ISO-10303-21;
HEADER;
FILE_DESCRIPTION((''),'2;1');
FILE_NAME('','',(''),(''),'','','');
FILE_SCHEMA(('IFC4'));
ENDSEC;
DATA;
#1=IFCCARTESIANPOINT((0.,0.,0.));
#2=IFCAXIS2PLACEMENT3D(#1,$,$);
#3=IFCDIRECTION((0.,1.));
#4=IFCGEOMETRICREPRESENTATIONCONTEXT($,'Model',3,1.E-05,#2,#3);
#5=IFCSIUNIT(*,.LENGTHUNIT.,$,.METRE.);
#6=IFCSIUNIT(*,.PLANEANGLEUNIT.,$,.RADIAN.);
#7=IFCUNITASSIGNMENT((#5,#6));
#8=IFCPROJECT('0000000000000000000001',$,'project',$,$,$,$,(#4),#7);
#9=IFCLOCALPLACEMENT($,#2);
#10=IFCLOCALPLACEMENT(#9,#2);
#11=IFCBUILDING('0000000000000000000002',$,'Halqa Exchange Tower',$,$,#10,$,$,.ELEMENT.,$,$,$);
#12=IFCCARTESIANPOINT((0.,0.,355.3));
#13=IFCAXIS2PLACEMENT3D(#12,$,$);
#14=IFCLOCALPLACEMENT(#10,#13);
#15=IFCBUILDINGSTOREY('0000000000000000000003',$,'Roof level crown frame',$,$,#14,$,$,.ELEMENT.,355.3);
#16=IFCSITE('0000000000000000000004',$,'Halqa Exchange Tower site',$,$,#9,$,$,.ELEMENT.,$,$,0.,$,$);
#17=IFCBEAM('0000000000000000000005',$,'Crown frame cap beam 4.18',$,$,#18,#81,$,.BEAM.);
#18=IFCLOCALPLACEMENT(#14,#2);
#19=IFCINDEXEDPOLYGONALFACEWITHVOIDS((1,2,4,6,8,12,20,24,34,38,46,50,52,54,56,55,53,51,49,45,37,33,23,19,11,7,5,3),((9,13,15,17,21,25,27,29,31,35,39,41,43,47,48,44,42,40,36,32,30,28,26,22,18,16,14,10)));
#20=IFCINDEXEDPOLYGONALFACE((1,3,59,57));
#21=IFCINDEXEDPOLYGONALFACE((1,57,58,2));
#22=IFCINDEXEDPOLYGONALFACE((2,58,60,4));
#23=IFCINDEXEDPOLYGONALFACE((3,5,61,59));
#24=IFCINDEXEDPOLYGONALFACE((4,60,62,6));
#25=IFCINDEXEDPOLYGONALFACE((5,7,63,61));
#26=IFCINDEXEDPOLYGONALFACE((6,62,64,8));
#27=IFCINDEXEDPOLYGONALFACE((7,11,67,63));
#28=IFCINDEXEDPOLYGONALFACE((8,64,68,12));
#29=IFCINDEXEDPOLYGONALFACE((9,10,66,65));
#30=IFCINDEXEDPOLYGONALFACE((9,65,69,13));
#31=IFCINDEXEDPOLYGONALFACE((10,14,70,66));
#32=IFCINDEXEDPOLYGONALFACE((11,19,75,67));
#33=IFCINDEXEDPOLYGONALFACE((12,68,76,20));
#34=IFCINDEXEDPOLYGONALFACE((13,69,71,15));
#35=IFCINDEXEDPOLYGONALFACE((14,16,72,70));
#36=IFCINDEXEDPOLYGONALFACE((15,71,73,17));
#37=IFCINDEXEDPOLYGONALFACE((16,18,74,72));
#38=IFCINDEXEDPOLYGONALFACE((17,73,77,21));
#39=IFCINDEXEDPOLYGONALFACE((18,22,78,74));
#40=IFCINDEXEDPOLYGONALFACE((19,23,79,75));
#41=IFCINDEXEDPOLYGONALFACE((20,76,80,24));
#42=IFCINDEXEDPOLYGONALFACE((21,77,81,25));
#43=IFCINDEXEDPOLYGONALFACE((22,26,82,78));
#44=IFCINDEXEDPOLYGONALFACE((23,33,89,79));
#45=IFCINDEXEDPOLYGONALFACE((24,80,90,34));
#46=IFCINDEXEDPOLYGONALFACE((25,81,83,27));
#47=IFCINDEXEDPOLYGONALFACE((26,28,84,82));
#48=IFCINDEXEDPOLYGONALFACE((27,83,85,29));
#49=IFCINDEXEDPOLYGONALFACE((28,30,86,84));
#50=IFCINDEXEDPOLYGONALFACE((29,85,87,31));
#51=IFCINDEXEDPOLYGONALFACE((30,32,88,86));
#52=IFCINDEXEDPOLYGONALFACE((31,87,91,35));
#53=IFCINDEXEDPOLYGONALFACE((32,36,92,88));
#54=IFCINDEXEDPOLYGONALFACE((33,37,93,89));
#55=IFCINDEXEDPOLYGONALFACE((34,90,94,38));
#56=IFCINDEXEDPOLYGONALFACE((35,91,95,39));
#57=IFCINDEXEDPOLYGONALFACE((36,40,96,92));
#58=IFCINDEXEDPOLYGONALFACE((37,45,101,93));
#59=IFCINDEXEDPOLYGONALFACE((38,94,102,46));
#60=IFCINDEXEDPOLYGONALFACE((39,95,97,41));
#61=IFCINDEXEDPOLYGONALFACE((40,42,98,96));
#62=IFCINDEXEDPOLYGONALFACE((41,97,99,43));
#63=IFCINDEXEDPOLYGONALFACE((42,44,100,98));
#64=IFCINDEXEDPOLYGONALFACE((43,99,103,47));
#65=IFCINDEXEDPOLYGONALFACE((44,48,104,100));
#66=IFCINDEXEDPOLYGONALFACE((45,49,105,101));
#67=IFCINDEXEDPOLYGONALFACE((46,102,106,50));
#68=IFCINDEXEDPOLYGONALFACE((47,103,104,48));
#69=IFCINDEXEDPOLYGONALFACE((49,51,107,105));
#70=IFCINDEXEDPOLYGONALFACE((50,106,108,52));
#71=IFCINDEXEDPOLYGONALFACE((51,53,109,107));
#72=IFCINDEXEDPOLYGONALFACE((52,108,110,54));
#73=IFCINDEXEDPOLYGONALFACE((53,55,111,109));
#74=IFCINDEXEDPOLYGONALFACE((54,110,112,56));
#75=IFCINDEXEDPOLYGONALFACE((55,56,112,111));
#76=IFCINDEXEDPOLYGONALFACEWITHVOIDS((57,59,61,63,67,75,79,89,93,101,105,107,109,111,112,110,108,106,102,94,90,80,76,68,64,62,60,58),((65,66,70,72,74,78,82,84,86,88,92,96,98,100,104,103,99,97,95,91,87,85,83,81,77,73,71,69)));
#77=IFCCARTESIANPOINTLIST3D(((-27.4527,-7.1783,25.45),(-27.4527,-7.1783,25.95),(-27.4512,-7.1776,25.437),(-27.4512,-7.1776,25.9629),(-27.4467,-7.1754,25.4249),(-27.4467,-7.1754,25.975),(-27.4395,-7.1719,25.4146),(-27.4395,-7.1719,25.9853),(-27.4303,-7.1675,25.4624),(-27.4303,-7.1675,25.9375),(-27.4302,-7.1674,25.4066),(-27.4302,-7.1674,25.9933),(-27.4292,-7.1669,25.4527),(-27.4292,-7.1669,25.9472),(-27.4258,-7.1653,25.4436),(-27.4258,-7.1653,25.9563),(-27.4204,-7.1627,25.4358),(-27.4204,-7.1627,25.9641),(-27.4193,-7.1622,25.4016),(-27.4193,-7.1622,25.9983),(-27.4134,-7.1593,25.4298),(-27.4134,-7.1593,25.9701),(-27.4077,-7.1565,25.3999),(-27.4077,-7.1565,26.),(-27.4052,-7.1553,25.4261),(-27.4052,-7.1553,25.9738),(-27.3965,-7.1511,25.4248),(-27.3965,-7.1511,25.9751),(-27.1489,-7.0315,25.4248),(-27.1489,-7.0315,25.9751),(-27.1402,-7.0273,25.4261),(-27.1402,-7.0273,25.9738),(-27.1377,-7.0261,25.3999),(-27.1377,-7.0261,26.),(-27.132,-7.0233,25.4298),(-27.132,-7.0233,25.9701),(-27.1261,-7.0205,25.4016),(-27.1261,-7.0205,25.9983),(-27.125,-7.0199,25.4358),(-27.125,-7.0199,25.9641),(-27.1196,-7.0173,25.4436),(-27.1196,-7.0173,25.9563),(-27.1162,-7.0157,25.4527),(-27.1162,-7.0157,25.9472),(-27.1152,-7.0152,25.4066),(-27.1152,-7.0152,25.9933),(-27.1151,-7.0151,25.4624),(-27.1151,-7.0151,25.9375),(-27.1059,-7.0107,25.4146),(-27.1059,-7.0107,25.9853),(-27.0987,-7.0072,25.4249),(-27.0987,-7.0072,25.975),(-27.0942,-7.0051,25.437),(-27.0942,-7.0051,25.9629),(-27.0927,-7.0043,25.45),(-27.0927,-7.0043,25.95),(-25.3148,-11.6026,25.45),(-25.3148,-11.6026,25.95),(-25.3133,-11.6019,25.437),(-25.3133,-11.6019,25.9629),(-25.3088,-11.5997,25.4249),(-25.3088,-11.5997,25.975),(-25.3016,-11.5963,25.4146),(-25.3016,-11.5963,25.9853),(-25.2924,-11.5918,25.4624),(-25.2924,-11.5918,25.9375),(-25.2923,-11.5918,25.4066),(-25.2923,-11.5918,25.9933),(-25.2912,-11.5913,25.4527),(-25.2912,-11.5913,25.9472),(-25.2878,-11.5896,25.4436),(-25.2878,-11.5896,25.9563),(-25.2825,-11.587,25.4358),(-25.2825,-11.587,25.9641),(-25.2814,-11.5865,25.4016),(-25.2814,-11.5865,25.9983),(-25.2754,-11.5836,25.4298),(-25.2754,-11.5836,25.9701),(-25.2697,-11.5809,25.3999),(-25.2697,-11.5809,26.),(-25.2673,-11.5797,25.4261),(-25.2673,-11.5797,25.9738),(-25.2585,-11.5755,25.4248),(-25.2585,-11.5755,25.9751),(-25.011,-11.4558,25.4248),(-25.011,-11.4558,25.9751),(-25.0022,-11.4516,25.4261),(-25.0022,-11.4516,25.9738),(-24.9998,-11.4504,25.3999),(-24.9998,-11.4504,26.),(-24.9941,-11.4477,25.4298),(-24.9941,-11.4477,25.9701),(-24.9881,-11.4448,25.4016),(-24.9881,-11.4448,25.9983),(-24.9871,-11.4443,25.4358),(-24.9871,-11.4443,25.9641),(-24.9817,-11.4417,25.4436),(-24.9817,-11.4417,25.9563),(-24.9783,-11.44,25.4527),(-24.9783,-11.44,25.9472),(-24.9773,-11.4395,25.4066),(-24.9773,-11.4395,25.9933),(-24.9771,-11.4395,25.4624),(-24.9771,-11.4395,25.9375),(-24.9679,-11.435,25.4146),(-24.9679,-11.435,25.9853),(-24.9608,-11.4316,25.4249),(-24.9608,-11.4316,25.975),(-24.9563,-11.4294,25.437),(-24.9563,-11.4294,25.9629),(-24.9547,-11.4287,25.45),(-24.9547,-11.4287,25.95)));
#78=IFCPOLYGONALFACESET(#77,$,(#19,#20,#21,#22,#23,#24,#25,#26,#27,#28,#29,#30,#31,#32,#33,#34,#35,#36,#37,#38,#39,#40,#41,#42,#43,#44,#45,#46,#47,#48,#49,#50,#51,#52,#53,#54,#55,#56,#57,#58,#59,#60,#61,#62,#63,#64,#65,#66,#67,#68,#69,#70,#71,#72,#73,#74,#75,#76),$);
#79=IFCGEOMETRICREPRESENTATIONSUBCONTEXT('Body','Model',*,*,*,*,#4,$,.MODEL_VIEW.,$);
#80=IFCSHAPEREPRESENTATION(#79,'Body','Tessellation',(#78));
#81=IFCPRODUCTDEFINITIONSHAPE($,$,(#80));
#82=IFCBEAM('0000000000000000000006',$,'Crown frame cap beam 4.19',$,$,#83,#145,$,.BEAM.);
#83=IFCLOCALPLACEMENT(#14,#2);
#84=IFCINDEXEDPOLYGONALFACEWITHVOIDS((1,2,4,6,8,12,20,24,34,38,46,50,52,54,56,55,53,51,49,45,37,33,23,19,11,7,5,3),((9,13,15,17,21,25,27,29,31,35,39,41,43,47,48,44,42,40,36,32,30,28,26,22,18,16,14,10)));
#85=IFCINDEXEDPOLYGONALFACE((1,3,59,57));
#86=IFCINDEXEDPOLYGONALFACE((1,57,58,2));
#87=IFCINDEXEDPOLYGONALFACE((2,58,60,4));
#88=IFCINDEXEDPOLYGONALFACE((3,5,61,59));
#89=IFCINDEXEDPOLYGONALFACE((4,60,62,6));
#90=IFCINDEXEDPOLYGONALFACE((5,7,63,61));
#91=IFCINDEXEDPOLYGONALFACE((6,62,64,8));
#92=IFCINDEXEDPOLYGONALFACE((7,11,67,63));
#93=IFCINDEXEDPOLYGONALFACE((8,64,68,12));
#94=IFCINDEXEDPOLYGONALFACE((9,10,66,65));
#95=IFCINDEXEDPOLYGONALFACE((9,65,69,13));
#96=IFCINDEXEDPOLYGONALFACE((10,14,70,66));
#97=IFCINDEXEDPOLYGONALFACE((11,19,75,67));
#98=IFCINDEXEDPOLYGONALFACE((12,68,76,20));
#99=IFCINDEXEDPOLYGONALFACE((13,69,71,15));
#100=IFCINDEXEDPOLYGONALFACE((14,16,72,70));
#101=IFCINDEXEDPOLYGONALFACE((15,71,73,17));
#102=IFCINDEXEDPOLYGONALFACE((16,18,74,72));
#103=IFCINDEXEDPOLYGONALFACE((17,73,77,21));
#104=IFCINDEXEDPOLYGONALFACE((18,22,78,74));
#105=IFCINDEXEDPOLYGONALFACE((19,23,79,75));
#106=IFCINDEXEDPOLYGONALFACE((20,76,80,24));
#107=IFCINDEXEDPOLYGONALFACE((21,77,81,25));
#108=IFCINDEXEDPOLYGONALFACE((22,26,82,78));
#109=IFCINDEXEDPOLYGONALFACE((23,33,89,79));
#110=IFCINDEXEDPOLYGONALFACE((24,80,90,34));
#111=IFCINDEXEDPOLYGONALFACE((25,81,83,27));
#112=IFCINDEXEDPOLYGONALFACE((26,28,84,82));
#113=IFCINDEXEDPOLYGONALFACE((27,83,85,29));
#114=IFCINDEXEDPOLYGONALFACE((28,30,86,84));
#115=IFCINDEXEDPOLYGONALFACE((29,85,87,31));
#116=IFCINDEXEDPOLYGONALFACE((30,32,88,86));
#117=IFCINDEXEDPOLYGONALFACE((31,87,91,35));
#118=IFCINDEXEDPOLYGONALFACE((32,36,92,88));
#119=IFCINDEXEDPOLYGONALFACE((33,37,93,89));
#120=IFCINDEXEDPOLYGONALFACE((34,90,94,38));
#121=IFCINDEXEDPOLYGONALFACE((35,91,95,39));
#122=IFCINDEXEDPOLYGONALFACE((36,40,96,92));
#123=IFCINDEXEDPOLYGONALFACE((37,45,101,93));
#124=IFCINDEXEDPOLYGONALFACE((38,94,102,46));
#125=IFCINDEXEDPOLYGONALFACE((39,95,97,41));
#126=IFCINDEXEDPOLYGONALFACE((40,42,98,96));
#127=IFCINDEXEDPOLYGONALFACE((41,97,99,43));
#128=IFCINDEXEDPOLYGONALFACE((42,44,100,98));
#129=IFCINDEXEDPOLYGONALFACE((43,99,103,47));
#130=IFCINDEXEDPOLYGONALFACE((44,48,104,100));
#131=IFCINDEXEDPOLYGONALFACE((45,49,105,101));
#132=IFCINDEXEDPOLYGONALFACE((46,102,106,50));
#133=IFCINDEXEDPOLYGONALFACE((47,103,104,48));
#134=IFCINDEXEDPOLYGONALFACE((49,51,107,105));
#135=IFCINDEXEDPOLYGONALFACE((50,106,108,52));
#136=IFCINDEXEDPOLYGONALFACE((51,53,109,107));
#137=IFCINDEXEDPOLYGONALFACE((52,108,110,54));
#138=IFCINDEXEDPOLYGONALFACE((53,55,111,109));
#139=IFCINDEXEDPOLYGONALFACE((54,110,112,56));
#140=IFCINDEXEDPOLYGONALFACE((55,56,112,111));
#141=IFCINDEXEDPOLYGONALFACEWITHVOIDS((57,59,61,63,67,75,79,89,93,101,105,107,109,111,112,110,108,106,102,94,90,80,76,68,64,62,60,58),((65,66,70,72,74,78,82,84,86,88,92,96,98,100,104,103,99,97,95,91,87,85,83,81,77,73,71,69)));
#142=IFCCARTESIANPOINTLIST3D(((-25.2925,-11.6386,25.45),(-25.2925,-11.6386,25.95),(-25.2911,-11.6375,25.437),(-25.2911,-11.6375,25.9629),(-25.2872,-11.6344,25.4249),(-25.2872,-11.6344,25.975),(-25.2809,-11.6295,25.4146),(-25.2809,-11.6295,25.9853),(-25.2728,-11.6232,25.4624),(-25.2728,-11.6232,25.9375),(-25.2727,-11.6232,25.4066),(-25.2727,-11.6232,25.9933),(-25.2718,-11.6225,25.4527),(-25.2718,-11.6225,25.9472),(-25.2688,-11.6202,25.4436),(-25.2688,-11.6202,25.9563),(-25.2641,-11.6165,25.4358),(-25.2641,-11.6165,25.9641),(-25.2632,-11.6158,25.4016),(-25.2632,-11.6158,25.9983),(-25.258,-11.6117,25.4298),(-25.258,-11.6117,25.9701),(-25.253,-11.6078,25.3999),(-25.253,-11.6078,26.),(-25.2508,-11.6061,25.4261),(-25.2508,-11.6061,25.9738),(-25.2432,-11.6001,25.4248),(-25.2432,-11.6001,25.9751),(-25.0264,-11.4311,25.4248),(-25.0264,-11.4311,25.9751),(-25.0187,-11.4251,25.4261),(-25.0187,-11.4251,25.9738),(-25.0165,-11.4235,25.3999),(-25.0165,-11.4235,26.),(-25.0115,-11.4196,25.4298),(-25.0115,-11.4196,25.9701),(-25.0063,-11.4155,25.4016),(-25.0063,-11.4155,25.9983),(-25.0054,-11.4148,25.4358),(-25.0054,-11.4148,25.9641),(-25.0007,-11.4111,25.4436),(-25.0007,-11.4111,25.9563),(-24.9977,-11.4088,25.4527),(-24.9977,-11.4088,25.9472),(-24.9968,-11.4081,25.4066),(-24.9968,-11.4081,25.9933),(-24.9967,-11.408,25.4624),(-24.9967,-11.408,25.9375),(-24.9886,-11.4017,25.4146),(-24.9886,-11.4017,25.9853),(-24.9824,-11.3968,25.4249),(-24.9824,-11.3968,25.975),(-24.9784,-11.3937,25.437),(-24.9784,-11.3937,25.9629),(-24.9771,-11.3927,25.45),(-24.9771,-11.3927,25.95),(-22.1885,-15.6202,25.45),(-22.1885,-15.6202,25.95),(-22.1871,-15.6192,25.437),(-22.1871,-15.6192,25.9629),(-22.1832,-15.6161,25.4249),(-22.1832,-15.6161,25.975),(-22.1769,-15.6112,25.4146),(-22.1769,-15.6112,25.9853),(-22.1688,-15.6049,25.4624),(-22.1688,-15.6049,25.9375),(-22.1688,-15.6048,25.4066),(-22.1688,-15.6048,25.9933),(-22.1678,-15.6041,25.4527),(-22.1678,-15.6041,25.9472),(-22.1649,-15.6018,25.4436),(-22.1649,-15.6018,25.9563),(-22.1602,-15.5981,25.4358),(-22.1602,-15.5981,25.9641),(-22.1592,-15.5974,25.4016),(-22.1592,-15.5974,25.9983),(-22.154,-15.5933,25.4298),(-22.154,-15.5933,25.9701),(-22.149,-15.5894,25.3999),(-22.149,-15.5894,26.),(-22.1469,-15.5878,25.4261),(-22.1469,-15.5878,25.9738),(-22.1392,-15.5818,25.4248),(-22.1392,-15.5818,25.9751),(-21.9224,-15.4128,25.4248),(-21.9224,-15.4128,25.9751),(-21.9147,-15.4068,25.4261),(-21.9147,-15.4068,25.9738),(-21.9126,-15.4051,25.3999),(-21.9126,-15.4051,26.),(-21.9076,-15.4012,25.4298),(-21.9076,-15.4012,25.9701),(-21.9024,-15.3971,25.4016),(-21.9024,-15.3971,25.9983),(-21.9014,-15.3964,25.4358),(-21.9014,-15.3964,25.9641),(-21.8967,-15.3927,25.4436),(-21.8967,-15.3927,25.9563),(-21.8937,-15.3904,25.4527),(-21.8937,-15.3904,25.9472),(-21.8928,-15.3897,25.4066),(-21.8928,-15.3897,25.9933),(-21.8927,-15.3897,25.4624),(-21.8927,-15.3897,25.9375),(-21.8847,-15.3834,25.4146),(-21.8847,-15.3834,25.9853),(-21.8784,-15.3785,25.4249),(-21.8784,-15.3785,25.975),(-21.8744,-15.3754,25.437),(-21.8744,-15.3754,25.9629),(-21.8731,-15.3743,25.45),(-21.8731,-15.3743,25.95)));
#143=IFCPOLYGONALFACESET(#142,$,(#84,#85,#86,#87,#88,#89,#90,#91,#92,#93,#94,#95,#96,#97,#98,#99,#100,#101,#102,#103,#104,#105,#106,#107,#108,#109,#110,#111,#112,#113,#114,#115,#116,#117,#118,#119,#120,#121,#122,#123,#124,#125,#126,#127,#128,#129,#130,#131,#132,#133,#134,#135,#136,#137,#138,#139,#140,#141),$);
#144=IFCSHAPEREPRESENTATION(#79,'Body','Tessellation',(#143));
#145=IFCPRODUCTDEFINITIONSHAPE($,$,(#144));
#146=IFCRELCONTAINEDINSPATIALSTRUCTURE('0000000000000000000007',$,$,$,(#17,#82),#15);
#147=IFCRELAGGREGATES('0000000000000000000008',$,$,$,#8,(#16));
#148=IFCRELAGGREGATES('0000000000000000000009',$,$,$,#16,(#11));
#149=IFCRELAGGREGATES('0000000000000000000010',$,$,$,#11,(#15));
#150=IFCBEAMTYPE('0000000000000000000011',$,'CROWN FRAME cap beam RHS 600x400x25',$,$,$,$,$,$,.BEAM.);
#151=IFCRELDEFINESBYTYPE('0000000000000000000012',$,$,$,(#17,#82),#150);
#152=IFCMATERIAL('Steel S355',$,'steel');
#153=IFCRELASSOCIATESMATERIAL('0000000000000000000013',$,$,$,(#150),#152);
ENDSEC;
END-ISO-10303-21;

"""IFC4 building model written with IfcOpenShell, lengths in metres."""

from ifc_helpers import new_model, si_unit, direction, frame, origin, origin_2d, place, context, subcontext, project, spatial, hollow_rectangle, extrude, material, material_profile, profile_set, type_object, element, save


model = new_model("IFC4")

# Units and contexts
model_context = context("Model", 3, precision=1e-05, world=origin(), true_north=direction((0.0, 1.0)))
body_context = subcontext(model_context, "Body", "Model", "MODEL_VIEW")
ifc_project = project(units=[si_unit("LENGTHUNIT", "METRE"), si_unit("PLANEANGLEUNIT", "RADIAN")], contexts=[model_context])

# Site, building, storey
site_placement = place(None, origin())
site = spatial("IfcSite", under=ifc_project, at=site_placement, Name="Halqa Exchange Tower site", CompositionType="ELEMENT", RefElevation=0.0)
building_placement = place(site_placement, origin())
building = spatial("IfcBuilding", under=site, at=building_placement, Name="Halqa Exchange Tower", CompositionType="ELEMENT")
storey_placement = place(building_placement, frame((0.0, 0.0, 355.3)))
storey = spatial("IfcBuildingStorey", under=building, at=storey_placement, Name="Roof level crown frame", CompositionType="ELEMENT", Elevation=355.3)

# Shared definitions
ifc_material_1 = material(Name="Steel S355", Category="steel")

# Beams
ifc_material_profile_1 = material_profile(ifc_material_1, hollow_rectangle(XDim=0.3999, YDim=0.6001, WallThickness=0.0249, InnerFilletRadius=0.0376, OuterFilletRadius=0.05, at=origin_2d()), Name="RHS 600x400x25")
ifc_profile_set_1 = profile_set([ifc_material_profile_1], Name="Steel S355")
beam_type_1 = type_object("IfcBeamType", Name="CROWN FRAME cap beam RHS 600x400x25", PredefinedType="BEAM", material=ifc_profile_set_1)
beam_1_placement = place(storey_placement, frame((-27.2727, -7.0913, 25.7), z_axis=(0.435089, -0.900387, 0.0), x_axis=(0.900387, 0.435089, 0.0)))
element("IfcBeam", 1, at=beam_1_placement, inside=storey, type_object=beam_type_1, Name="Crown frame cap beam 4.18", PredefinedType="BEAM", context=body_context, shape_type="SweptSolid", body=[
    extrude(hollow_rectangle(XDim=0.3999, YDim=0.6001, WallThickness=0.0249, InnerFilletRadius=0.0376, OuterFilletRadius=0.05, at=origin_2d()), origin(), (0.0, 0.0, 1.0), 4.9138),
])
beam_2_placement = place(storey_placement, frame((-25.1348, -11.5156, 25.7), z_axis=(0.614821, -0.788667, 0.0), x_axis=(0.788667, 0.614821, 0.0)))
element("IfcBeam", 2, at=beam_2_placement, inside=storey, type_object=beam_type_1, Name="Crown frame cap beam 4.19", PredefinedType="BEAM", context=body_context, shape_type="SweptSolid", body=[
    extrude(hollow_rectangle(XDim=0.3999, YDim=0.6001, WallThickness=0.0249, InnerFilletRadius=0.0376, OuterFilletRadius=0.05, at=origin_2d()), origin(), (0.0, 0.0, 1.0), 5.0486),
])

save(model, "model.ifc")
